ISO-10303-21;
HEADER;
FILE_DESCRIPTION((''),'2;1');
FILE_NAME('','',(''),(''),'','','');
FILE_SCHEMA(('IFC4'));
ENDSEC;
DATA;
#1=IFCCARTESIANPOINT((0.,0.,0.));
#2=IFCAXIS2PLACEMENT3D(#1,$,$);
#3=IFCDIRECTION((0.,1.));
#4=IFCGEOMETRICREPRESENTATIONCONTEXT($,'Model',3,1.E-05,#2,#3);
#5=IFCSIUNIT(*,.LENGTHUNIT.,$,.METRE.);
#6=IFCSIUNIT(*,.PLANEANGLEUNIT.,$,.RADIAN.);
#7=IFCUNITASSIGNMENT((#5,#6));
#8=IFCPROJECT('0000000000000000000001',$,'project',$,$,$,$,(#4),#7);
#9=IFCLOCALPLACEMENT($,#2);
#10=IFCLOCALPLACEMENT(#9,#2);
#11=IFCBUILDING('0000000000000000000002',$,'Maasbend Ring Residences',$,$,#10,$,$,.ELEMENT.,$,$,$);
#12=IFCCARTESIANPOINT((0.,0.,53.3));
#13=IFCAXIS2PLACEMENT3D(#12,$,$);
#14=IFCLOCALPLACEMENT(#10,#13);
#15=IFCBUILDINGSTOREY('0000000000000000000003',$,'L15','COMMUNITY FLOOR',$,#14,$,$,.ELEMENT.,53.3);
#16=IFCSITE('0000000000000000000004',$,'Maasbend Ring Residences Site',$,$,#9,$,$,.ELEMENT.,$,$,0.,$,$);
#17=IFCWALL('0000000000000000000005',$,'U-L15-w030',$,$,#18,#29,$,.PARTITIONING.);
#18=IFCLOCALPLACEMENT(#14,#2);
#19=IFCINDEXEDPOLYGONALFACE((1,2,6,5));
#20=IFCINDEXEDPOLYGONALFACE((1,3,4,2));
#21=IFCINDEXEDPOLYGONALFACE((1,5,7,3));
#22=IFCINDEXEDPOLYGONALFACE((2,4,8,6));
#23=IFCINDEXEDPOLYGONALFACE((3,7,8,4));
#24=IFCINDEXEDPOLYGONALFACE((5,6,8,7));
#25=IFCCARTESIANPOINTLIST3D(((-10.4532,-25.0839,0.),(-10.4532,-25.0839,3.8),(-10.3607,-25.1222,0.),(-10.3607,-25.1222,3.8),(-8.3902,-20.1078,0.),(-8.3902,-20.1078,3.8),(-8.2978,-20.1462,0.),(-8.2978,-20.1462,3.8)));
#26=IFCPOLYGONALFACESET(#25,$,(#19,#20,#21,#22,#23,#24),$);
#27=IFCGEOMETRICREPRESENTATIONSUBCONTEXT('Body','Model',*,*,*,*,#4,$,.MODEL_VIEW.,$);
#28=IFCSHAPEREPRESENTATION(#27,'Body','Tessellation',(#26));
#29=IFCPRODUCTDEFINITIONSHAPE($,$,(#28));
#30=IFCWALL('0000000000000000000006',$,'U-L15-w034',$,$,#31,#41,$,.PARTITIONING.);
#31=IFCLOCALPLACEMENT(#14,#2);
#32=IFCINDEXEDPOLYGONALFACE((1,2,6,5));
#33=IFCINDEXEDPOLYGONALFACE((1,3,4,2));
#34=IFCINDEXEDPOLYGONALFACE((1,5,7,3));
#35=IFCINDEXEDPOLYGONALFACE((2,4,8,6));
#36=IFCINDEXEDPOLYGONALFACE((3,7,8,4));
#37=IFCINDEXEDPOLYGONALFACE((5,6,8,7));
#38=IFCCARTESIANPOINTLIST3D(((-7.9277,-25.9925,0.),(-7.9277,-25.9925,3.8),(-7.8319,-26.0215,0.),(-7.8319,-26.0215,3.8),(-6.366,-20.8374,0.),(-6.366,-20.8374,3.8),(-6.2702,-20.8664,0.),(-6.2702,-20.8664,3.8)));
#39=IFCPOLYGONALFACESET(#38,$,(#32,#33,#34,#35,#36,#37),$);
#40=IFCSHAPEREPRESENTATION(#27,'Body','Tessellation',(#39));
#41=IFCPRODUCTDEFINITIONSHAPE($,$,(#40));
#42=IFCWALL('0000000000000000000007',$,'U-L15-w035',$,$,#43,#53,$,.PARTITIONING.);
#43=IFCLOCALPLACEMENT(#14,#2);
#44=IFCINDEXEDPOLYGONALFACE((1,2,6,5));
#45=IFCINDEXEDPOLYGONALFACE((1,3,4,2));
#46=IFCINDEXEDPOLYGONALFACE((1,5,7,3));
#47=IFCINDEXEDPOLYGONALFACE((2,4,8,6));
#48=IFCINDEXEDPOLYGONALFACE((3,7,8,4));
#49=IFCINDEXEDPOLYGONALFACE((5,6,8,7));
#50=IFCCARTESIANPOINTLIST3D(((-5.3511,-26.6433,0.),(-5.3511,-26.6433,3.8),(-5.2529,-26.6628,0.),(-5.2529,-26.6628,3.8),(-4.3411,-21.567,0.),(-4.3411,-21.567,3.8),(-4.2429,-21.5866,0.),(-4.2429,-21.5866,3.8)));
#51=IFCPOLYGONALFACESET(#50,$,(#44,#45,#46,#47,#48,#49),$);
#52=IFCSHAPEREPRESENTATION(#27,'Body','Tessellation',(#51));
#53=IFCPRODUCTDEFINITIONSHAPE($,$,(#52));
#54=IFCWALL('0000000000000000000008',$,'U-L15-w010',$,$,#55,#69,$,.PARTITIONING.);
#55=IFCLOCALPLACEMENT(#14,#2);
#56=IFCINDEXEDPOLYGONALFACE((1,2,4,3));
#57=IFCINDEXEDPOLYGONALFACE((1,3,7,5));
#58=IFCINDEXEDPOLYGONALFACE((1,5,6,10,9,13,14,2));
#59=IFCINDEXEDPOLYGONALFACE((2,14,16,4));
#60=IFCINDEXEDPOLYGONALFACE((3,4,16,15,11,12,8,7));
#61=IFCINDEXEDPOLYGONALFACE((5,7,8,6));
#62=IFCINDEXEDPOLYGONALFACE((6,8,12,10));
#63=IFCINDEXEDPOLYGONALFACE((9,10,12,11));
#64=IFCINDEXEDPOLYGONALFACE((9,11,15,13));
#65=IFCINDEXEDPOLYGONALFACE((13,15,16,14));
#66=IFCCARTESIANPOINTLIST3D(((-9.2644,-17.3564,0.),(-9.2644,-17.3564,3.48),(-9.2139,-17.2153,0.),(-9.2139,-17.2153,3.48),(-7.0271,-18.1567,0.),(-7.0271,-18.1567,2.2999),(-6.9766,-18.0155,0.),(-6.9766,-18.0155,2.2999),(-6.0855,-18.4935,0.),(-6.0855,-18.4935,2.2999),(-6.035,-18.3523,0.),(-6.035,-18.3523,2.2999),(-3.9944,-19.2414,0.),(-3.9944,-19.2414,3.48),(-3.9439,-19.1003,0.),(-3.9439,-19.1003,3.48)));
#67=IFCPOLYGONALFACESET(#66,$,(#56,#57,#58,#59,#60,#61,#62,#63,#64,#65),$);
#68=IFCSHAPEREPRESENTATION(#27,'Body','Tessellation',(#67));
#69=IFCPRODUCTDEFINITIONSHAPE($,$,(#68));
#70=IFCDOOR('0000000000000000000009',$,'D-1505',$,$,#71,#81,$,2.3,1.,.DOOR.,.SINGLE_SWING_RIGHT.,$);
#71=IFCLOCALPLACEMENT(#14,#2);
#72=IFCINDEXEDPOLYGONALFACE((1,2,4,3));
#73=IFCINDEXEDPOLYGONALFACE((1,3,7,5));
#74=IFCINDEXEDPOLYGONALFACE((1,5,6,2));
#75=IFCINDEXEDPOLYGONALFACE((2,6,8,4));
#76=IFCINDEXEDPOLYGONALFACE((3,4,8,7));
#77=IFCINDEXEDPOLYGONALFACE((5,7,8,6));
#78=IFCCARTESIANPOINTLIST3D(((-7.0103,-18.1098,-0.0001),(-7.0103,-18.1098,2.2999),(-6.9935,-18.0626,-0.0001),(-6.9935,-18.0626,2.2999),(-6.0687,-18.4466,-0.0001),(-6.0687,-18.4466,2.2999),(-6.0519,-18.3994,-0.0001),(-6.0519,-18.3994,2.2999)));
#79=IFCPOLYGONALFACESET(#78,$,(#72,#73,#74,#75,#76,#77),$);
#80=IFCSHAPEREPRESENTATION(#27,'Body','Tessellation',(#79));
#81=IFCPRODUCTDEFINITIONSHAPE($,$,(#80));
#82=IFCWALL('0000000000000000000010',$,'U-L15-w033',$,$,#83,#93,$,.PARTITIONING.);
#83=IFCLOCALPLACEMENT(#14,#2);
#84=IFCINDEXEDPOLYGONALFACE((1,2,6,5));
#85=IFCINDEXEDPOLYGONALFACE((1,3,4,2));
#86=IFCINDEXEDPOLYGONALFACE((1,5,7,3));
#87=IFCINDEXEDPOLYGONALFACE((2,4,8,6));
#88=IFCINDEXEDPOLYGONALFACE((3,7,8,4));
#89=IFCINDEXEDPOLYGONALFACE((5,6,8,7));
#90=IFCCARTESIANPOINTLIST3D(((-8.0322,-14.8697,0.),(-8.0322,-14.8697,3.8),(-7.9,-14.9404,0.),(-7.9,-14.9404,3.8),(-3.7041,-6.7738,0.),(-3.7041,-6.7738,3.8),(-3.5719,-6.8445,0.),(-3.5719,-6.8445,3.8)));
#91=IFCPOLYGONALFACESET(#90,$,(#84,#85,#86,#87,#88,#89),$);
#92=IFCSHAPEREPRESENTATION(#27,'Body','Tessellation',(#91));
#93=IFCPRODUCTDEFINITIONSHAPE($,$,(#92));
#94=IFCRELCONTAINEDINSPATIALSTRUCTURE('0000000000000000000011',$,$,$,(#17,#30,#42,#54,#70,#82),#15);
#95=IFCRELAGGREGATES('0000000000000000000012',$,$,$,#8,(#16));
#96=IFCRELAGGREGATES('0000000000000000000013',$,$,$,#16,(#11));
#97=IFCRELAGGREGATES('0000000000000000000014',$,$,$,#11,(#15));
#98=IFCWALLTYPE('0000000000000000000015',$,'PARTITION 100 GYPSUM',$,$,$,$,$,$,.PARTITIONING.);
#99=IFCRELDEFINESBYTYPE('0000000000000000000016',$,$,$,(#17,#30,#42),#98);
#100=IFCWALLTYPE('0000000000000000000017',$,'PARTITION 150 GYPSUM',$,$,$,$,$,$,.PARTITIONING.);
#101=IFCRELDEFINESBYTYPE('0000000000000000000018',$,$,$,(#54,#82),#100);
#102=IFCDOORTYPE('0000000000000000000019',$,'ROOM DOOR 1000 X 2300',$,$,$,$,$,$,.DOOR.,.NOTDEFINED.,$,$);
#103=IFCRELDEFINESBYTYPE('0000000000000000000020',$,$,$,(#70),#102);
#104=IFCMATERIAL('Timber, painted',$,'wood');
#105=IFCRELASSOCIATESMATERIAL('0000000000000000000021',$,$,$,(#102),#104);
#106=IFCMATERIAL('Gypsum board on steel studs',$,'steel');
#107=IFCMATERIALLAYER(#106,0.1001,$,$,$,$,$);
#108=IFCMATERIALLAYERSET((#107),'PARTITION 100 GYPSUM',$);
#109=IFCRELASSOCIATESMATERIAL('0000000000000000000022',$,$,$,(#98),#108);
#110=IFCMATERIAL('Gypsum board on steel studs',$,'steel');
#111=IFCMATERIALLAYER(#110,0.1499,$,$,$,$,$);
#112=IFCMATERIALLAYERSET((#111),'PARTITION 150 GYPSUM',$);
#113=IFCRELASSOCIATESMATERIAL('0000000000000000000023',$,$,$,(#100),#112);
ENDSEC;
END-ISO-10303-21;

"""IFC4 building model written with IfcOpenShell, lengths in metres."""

from ifc_helpers import new_model, si_unit, direction, frame, frame_2d, origin, place, context, subcontext, project, spatial, rectangle, extrude, material, layer, layer_set, type_object, element, fill, save


model = new_model("IFC4")

# Units and contexts
model_context = context("Model", 3, precision=1e-05, world=origin(), true_north=direction((0.0, 1.0)))
body_context = subcontext(model_context, "Body", "Model", "MODEL_VIEW")
ifc_project = project(units=[si_unit("LENGTHUNIT", "METRE"), si_unit("PLANEANGLEUNIT", "RADIAN")], contexts=[model_context])

# Site, building, storey
site_placement = place(None, origin())
site = spatial("IfcSite", under=ifc_project, at=site_placement, Name="Maasbend Ring Residences Site", CompositionType="ELEMENT", RefElevation=0.0)
building_placement = place(site_placement, origin())
building = spatial("IfcBuilding", under=site, at=building_placement, Name="Maasbend Ring Residences", CompositionType="ELEMENT")
storey_placement = place(building_placement, frame((0.0, 0.0, 53.3)))
storey = spatial("IfcBuildingStorey", under=building, at=storey_placement, Name="L15", Description="COMMUNITY FLOOR", CompositionType="ELEMENT", Elevation=53.3)

# Shared definitions
ifc_material_1 = material(Name="Timber, painted", Category="wood")
door_type_1 = type_object("IfcDoorType", Name="ROOM DOOR 1000 X 2300", OperationType="NOTDEFINED", PredefinedType="DOOR", material=ifc_material_1)

# Walls
ifc_material_2 = material(Name="Gypsum board on steel studs", Category="steel")
ifc_layer_1 = layer(ifc_material_2, 0.1001)
ifc_layer_set_1 = layer_set([ifc_layer_1], Name="PARTITION 100 GYPSUM")
wall_type_1 = type_object("IfcWallType", Name="PARTITION 100 GYPSUM", PredefinedType="PARTITIONING", material=ifc_layer_set_1)
wall_1_placement = place(storey_placement, frame((-10.407, -25.103, 0.0), z_axis=(0.0, 0.0, 1.0), x_axis=(0.382974, 0.923759, 0.0)))
element("IfcWall", 1, at=wall_1_placement, inside=storey, type_object=wall_type_1, Name="U-L15-w030", PredefinedType="PARTITIONING", context=body_context, shape_type="SweptSolid", body=[
    extrude(rectangle(XDim=5.3867, YDim=0.1001, at=frame_2d((2.6934, 0.0))), origin(), (0.0, 0.0, 1.0), 3.8),
])
wall_2_placement = place(storey_placement, frame((-7.8799, -26.0071, 0.0), z_axis=(0.0, 0.0, 1.0), x_axis=(0.289946, 0.957043, 0.0)))
element("IfcWall", 2, at=wall_2_placement, inside=storey, type_object=wall_type_1, Name="U-L15-w034", PredefinedType="PARTITIONING", context=body_context, shape_type="SweptSolid", body=[
    extrude(rectangle(XDim=5.3865, YDim=0.1001, at=frame_2d((2.6934, 0.0))), origin(), (0.0, 0.0, 1.0), 3.8),
])
wall_3_placement = place(storey_placement, frame((-5.302, -26.6531, 0.0), z_axis=(0.0, 0.0, 1.0), x_axis=(0.195145, 0.980774, 0.0)))
element("IfcWall", 3, at=wall_3_placement, inside=storey, type_object=wall_type_1, Name="U-L15-w035", PredefinedType="PARTITIONING", context=body_context, shape_type="SweptSolid", body=[
    extrude(rectangle(XDim=5.1758, YDim=0.1001, at=frame_2d((2.5879, 0.0))), origin(), (0.0, 0.0, 1.0), 3.8),
])

# Wall, opening, door
ifc_material_3 = material(Name="Gypsum board on steel studs", Category="steel")
ifc_layer_2 = layer(ifc_material_3, 0.1499)
ifc_layer_set_2 = layer_set([ifc_layer_2], Name="PARTITION 150 GYPSUM")
wall_type_2 = type_object("IfcWallType", Name="PARTITION 150 GYPSUM", PredefinedType="PARTITIONING", material=ifc_layer_set_2)
wall_4_placement = place(storey_placement, frame((-9.239, -17.2859, 0.0), z_axis=(0.0, 0.0, 1.0), x_axis=(0.94158, -0.33679, 0.0)))
wall_4 = element("IfcWall", 4, at=wall_4_placement, inside=storey, type_object=wall_type_2, Name="U-L15-w010", PredefinedType="PARTITIONING", context=body_context, shape_type="SweptSolid", body=[
    extrude(rectangle(XDim=5.5969, YDim=0.1499, at=frame_2d((2.7983, 0.0))), origin(), (0.0, 0.0, 1.0), 3.48),
])
opening_1_placement = place(wall_4_placement, frame((2.376, 0.0, 0.0)))
opening_1 = element("IfcOpeningElement", 5, at=opening_1_placement, cuts=wall_4, PredefinedType="OPENING", context=body_context, shape_type="SweptSolid", body=[
    extrude(rectangle(XDim=1.0, YDim=2.3, at=frame_2d((0.5, 1.1499))), frame((0.0, 0.085, 0.0), z_axis=(0.0, -1.0, 0.0), x_axis=(1.0, 0.0, 0.0)), (0.0, 0.0, 1.0), 0.1699),
])
door_1_placement = place(opening_1_placement, origin())
door_1 = element("IfcDoor", 6, at=door_1_placement, inside=storey, type_object=door_type_1, Name="D-1505", OperationType="SINGLE_SWING_RIGHT", OverallHeight=2.3, OverallWidth=1.0, PredefinedType="DOOR", context=body_context, shape_type="SweptSolid", body=[
    extrude(rectangle(XDim=1.0, YDim=2.3, at=frame_2d((0.5, 1.1499))), frame((0.0, 0.0249, 0.0), z_axis=(0.0, -1.0, 0.0), x_axis=(1.0, 0.0, 0.0)), (0.0, 0.0, 1.0), 0.05),
])
fill(opening_1, door_1)

# Wall
wall_5_placement = place(storey_placement, frame((-7.9661, -14.905, 0.0), z_axis=(0.0, 0.0, 1.0), x_axis=(0.47146, 0.881887, 0.0)))
element("IfcWall", 7, at=wall_5_placement, inside=storey, type_object=wall_type_2, Name="U-L15-w033", PredefinedType="PARTITIONING", context=body_context, shape_type="SweptSolid", body=[
    extrude(rectangle(XDim=9.1802, YDim=0.1499, at=frame_2d((4.5901, 0.0))), origin(), (0.0, 0.0, 1.0), 3.8),
])

save(model, "model.ifc")
